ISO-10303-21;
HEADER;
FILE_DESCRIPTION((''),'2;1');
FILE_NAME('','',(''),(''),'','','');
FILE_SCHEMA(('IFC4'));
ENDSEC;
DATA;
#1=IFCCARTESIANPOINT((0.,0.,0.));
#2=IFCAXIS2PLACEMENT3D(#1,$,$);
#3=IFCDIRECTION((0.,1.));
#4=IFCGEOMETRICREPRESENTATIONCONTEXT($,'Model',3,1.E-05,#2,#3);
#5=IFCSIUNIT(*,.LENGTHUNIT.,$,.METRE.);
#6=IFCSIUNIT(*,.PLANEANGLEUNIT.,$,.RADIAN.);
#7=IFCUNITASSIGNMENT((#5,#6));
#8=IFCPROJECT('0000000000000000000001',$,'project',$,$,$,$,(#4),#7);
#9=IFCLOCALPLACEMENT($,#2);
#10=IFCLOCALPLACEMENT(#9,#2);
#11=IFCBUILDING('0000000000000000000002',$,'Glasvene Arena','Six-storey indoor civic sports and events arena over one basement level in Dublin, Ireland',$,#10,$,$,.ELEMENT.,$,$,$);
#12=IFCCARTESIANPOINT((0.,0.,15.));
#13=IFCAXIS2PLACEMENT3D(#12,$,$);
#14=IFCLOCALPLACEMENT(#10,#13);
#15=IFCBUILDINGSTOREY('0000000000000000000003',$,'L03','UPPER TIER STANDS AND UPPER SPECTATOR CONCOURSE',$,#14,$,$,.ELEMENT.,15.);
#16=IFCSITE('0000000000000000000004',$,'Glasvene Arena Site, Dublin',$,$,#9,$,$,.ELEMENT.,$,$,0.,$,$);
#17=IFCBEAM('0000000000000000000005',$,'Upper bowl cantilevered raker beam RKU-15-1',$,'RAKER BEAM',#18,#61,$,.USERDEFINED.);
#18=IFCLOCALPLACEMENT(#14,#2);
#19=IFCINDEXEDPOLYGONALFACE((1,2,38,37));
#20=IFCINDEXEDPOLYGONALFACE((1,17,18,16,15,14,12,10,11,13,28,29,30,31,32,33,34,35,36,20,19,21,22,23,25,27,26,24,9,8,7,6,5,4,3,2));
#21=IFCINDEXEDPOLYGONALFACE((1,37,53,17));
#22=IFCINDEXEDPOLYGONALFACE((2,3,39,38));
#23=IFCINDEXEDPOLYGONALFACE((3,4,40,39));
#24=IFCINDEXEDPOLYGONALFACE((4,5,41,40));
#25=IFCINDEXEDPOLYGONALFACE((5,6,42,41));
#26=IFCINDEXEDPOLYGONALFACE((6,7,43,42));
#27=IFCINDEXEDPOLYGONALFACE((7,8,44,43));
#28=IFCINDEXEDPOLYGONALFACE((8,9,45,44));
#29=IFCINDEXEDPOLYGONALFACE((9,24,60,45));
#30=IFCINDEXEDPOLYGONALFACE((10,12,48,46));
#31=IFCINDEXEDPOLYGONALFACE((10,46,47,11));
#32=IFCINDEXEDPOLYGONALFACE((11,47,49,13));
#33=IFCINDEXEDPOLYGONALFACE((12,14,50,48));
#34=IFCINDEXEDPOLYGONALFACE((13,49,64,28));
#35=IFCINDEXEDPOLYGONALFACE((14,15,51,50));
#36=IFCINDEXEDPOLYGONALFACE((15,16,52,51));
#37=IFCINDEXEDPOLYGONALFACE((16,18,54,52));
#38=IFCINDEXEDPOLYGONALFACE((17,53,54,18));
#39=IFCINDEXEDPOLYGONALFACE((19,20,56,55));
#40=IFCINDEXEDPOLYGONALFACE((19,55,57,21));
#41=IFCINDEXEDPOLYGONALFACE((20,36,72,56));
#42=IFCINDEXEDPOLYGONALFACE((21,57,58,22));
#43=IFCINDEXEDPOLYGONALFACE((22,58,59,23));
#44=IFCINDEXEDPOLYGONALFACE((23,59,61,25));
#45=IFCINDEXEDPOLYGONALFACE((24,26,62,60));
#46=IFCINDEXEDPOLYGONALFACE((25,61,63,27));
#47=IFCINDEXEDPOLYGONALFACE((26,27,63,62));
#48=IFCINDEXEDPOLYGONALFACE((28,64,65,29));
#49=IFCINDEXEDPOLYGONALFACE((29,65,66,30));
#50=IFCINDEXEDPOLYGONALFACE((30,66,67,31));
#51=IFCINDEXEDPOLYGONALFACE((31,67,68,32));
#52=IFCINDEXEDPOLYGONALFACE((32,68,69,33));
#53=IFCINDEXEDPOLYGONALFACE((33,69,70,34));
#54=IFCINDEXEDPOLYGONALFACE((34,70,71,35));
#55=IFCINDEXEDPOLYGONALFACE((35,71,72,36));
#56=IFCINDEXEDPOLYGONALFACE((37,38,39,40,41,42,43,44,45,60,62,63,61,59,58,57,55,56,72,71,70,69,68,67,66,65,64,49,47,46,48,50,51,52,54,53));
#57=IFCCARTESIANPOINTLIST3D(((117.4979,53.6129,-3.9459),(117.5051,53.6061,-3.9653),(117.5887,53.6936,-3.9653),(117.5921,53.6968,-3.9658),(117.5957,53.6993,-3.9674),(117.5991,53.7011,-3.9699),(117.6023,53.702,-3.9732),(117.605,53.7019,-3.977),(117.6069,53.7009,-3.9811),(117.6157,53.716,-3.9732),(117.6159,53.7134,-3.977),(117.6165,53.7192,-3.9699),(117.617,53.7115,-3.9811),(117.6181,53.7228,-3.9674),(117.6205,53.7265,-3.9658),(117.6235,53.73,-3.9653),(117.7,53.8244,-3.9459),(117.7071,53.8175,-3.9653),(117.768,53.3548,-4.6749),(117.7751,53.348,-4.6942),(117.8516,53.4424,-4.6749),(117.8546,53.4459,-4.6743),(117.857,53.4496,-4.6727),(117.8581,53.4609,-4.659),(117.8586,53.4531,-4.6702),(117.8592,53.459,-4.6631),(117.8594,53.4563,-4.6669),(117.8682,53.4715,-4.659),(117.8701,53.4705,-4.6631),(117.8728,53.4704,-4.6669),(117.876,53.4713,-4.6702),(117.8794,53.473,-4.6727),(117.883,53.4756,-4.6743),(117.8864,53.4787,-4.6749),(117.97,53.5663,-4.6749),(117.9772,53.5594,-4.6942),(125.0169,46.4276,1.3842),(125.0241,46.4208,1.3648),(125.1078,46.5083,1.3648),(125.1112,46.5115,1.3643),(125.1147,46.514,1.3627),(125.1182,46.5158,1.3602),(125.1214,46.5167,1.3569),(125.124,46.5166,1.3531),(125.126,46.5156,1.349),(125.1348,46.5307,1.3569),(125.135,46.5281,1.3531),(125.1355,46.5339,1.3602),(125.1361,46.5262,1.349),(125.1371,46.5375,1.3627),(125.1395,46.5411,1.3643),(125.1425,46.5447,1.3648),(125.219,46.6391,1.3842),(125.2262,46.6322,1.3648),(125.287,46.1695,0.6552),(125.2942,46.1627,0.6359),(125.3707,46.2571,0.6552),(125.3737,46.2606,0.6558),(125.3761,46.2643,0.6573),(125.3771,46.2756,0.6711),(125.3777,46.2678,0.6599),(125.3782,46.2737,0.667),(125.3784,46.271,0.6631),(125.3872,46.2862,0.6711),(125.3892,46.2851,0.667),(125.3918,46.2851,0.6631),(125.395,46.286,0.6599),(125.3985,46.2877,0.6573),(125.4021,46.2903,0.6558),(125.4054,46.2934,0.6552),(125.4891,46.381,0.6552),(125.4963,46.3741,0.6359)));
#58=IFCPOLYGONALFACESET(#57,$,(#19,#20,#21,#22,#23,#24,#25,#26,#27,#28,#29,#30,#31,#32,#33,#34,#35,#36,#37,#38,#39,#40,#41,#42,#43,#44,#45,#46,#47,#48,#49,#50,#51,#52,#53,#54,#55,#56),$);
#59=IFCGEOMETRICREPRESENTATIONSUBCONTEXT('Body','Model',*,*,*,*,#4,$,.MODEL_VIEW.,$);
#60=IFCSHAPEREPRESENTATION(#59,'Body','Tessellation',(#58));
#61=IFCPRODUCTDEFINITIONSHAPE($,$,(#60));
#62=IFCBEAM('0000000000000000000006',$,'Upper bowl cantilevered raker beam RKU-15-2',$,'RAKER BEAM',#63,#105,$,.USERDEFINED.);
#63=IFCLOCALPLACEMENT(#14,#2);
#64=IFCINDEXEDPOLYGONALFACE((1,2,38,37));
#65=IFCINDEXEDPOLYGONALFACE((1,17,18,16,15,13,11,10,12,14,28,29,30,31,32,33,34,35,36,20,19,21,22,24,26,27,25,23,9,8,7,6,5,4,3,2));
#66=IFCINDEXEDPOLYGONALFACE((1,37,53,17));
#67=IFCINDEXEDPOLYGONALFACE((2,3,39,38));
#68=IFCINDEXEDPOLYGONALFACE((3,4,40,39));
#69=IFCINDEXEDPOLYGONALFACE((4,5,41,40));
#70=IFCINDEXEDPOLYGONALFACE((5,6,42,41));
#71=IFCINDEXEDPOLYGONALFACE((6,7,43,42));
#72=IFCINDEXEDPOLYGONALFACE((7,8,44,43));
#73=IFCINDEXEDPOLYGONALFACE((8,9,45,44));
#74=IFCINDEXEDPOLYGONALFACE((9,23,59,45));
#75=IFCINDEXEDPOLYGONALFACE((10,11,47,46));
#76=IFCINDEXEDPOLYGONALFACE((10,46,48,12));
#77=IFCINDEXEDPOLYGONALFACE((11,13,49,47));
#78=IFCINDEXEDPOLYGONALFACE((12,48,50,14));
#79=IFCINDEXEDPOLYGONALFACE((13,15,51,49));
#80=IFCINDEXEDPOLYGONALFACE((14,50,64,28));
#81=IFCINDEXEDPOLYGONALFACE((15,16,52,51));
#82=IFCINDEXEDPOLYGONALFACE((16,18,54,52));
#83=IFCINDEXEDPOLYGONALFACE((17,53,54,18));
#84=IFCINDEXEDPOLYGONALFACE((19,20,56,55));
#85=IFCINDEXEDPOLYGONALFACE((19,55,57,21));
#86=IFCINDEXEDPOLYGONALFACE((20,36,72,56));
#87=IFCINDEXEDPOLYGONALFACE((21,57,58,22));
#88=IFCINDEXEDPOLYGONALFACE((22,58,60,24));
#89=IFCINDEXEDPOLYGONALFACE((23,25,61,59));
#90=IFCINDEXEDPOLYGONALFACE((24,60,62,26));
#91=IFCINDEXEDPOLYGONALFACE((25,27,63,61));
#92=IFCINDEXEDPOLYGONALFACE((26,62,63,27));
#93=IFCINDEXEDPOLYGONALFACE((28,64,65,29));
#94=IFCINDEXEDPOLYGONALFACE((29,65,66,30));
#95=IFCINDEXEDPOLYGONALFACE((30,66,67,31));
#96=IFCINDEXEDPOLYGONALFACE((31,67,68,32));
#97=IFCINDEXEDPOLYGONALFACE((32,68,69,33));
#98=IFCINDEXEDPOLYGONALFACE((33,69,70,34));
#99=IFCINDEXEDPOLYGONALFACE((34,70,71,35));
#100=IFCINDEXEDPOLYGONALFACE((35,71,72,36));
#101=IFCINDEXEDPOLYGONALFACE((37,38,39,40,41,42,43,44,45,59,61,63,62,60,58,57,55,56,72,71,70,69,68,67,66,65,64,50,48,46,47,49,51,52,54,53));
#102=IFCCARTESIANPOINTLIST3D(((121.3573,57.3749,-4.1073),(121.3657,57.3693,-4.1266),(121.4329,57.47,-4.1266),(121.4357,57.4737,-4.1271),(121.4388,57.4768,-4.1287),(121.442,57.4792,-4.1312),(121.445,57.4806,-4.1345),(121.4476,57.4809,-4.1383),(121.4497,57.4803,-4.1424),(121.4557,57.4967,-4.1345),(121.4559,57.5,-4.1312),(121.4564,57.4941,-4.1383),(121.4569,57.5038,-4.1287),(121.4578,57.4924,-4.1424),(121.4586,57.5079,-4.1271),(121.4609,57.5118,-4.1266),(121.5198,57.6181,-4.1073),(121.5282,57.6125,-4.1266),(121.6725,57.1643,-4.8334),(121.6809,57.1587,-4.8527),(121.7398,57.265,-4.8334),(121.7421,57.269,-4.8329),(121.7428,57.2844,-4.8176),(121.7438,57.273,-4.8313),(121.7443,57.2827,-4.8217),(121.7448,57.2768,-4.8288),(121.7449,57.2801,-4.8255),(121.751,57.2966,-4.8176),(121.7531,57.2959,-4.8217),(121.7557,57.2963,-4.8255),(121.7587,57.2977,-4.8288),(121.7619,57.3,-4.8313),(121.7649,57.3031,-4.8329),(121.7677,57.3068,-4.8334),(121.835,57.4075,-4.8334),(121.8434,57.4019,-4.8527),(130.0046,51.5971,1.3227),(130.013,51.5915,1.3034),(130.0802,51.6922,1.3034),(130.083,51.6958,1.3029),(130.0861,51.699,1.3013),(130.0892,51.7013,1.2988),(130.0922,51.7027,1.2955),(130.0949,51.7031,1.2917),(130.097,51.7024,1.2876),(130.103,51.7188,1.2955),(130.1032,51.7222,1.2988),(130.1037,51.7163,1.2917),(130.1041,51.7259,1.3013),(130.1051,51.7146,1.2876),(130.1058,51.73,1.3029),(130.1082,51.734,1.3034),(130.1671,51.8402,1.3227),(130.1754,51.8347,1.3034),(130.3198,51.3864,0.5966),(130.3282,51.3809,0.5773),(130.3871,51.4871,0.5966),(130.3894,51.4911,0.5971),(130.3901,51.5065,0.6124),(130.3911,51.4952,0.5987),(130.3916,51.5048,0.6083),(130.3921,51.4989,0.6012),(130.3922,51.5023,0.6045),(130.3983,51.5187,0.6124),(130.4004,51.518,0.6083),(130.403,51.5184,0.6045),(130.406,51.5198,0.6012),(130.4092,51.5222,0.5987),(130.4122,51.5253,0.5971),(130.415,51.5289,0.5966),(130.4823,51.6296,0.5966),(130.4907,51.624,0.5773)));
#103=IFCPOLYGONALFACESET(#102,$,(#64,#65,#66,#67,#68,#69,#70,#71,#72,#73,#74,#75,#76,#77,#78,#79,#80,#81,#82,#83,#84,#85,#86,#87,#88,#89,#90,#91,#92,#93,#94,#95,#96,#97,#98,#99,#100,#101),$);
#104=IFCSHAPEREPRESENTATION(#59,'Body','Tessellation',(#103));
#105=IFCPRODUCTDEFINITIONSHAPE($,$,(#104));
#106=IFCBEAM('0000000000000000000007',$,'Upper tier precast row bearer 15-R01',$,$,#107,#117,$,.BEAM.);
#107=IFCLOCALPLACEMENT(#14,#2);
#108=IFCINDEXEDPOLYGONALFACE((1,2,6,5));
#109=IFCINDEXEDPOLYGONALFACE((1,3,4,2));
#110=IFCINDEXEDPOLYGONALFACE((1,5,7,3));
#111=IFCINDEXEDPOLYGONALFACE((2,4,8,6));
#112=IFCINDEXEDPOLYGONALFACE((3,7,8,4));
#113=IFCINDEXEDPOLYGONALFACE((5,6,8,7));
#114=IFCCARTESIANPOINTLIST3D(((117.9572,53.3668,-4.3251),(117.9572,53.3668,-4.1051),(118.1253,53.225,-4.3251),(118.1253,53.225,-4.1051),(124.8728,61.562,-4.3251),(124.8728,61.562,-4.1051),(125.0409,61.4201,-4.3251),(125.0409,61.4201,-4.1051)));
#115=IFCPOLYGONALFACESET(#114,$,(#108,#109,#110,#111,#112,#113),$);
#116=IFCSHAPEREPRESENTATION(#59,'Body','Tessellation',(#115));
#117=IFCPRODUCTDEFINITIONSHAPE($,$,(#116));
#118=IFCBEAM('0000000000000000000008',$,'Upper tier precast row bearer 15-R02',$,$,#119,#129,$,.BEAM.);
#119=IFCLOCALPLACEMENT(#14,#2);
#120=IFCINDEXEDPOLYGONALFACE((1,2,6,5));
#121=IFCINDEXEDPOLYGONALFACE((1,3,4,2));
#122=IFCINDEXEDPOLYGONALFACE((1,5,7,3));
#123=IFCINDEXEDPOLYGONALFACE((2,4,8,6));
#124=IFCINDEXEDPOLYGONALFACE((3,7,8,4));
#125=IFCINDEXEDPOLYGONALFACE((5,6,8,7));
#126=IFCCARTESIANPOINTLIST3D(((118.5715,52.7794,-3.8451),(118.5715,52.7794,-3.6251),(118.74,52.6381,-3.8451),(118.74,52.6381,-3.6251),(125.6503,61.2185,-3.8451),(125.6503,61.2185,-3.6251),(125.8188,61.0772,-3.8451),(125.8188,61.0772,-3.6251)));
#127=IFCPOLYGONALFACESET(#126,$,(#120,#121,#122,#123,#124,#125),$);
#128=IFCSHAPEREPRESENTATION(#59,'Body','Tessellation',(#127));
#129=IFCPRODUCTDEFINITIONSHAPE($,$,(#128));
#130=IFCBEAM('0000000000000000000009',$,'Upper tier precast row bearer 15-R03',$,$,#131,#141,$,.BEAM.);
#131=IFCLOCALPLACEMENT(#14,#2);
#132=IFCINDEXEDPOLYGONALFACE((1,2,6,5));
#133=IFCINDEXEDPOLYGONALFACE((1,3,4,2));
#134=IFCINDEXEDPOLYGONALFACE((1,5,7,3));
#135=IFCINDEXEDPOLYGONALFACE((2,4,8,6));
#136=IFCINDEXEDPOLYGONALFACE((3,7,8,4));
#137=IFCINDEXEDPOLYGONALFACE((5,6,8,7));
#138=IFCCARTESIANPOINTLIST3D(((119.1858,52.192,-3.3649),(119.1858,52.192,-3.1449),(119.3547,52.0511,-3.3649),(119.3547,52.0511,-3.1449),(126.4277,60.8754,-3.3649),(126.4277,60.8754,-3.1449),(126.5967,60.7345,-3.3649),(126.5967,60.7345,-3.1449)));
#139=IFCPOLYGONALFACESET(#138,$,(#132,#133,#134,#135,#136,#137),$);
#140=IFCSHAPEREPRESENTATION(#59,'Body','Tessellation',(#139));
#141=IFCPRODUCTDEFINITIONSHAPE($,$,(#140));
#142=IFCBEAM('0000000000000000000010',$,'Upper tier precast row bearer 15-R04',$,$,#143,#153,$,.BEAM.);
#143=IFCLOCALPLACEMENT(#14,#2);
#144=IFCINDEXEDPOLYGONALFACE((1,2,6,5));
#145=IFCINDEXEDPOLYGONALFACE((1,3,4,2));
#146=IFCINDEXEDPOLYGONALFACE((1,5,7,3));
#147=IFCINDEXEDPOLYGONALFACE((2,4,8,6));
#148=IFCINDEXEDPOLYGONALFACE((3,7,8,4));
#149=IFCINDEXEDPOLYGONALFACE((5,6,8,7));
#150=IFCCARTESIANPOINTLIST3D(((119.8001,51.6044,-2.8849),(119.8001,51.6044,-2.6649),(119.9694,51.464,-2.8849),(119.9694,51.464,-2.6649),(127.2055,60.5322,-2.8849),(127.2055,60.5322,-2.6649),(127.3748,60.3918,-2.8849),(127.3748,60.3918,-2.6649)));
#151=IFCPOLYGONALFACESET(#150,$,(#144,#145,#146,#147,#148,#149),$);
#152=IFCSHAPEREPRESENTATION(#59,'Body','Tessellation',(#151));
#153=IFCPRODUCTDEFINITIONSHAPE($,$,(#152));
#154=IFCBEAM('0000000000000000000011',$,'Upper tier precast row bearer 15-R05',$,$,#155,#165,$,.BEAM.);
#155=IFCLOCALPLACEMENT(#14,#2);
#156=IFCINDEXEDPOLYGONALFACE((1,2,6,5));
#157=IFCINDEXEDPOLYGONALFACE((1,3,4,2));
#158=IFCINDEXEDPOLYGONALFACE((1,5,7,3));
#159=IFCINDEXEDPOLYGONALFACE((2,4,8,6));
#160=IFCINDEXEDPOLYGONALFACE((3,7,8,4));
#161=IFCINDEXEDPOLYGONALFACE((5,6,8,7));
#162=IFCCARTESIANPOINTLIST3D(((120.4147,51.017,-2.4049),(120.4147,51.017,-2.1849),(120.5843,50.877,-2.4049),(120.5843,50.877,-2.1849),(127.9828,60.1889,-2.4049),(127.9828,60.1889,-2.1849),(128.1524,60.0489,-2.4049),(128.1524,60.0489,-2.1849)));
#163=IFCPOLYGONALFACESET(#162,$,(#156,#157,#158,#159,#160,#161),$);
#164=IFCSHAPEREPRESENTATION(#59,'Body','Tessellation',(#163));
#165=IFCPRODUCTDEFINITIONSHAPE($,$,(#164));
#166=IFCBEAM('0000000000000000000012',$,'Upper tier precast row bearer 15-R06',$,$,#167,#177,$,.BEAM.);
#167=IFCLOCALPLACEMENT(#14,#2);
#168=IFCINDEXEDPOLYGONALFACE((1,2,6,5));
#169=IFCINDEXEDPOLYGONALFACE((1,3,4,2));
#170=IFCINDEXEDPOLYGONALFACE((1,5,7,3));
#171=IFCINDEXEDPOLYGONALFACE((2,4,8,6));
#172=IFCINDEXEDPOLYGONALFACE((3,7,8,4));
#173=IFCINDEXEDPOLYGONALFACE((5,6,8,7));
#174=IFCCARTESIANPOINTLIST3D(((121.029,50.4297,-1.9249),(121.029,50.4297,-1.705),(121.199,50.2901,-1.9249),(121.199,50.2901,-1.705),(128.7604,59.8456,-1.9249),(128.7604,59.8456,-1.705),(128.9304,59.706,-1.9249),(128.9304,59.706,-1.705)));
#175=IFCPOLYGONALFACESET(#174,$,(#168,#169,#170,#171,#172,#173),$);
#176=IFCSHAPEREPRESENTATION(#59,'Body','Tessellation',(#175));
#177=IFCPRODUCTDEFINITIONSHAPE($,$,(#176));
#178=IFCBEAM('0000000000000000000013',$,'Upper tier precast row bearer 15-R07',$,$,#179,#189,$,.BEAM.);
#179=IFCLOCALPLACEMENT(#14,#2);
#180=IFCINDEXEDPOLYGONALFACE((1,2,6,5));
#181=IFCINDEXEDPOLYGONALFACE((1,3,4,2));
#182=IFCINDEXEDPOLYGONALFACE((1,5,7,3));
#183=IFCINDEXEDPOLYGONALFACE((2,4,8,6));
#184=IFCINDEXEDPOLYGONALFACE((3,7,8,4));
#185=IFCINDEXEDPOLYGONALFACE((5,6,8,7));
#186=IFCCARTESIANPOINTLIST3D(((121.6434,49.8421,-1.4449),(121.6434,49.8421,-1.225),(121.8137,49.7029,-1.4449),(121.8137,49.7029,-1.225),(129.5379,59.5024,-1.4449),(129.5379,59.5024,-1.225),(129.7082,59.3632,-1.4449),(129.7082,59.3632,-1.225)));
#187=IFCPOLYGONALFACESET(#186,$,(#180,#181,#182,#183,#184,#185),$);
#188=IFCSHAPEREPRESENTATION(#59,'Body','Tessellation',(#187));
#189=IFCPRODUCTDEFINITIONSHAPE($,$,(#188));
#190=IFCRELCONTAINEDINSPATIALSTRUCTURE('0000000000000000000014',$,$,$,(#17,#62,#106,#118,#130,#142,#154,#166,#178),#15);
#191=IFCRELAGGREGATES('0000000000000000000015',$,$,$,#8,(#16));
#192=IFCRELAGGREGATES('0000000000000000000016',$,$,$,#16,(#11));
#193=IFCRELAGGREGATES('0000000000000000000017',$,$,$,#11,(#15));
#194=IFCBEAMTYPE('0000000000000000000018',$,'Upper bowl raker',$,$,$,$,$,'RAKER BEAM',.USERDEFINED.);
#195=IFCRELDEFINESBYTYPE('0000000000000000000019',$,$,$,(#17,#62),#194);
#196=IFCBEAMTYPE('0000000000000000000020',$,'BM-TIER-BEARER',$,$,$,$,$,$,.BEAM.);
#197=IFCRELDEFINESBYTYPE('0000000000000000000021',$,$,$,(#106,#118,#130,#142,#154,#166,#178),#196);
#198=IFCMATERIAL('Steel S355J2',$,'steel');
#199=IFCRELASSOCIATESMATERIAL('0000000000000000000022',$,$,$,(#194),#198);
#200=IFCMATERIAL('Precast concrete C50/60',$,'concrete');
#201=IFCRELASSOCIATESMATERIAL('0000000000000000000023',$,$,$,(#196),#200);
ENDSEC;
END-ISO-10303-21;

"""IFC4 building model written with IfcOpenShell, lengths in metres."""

from ifc_helpers import new_model, si_unit, direction, frame, origin, origin_2d, place, context, subcontext, project, spatial, rectangle, i_section, extrude, material, material_profile, profile_set, type_object, element, save


model = new_model("IFC4")

# Units and contexts
model_context = context("Model", 3, precision=1e-05, world=origin(), true_north=direction((0.0, 1.0)))
body_context = subcontext(model_context, "Body", "Model", "MODEL_VIEW")
ifc_project = project(units=[si_unit("LENGTHUNIT", "METRE"), si_unit("PLANEANGLEUNIT", "RADIAN")], contexts=[model_context])

# Site, building, storey
site_placement = place(None, origin())
site = spatial("IfcSite", under=ifc_project, at=site_placement, Name="Glasvene Arena Site, Dublin", CompositionType="ELEMENT", RefElevation=0.0)
building_placement = place(site_placement, origin())
building = spatial("IfcBuilding", under=site, at=building_placement, Name="Glasvene Arena", Description="Six-storey indoor civic sports and events arena over one basement level in Dublin, Ireland", CompositionType="ELEMENT")
storey_placement = place(building_placement, frame((0.0, 0.0, 15.0)))
storey = spatial("IfcBuildingStorey", under=building, at=storey_placement, Name="L03", Description="UPPER TIER STANDS AND UPPER SPECTATOR CONCOURSE", CompositionType="ELEMENT", Elevation=15.0)

# Shared definitions
ifc_material_1 = material(Name="Steel S355J2", Category="steel")

# Beams
ifc_material_profile_1 = material_profile(ifc_material_1, i_section(OverallWidth=0.2925, OverallDepth=0.8408, WebThickness=0.0146, FlangeThickness=0.0217, FilletRadius=0.0178, at=origin_2d()), Name="UKB 838x292x194")
ifc_profile_set_1 = profile_set([ifc_material_profile_1], Name="Steel S355J2")
beam_type_1 = type_object("IfcBeamType", Name="Upper bowl raker", ElementType="RAKER BEAM", PredefinedType="USERDEFINED", material=ifc_profile_set_1)
beam_1_placement = place(storey_placement, frame((117.7375, 53.5862, -4.3201), z_axis=(0.643396, -0.614838, 0.456088), x_axis=(0.69088, 0.72297, 0.0)))
element("IfcBeam", 1, at=beam_1_placement, inside=storey, type_object=beam_type_1, Name="Upper bowl cantilevered raker beam RKU-15-1", ObjectType="RAKER BEAM", PredefinedType="USERDEFINED", context=body_context, shape_type="SweptSolid", body=[
    extrude(i_section(OverallWidth=0.2925, OverallDepth=0.8408, WebThickness=0.0146, FlangeThickness=0.0217, FilletRadius=0.0178, at=origin_2d()), origin(), (0.0, 0.0, 1.0), 11.6865),
])
beam_2_placement = place(storey_placement, frame((121.6003, 57.3884, -4.48), z_axis=(0.737057, -0.492481, 0.462827), x_axis=(0.555567, 0.831472, 0.0)))
element("IfcBeam", 2, at=beam_2_placement, inside=storey, type_object=beam_type_1, Name="Upper bowl cantilevered raker beam RKU-15-2", ObjectType="RAKER BEAM", PredefinedType="USERDEFINED", context=body_context, shape_type="SweptSolid", body=[
    extrude(i_section(OverallWidth=0.2925, OverallDepth=0.8408, WebThickness=0.0146, FlangeThickness=0.0217, FilletRadius=0.0178, at=origin_2d()), origin(), (0.0, 0.0, 1.0), 11.7322),
])
ifc_material_2 = material(Name="Precast concrete C50/60", Category="concrete")
ifc_material_profile_2 = material_profile(ifc_material_2, rectangle(XDim=0.22, YDim=0.22, at=origin_2d()), Name="RC 220x220")
ifc_profile_set_2 = profile_set([ifc_material_profile_2], Name="Precast concrete C50/60")
beam_type_2 = type_object("IfcBeamType", Name="BM-TIER-BEARER", PredefinedType="BEAM", material=ifc_profile_set_2)
beam_3_placement = place(storey_placement, frame((118.0413, 53.2959, -4.2151), z_axis=(0.644922, 0.764248, 0.0), x_axis=(-0.764248, 0.644922, 0.0)))
element("IfcBeam", 3, at=beam_3_placement, inside=storey, type_object=beam_type_2, Name="Upper tier precast row bearer 15-R01", PredefinedType="BEAM", context=body_context, shape_type="SweptSolid", body=[
    extrude(rectangle(XDim=0.22, YDim=0.22, at=origin_2d()), origin(), (0.0, 0.0, 1.0), 10.7231),
])
beam_4_placement = place(storey_placement, frame((118.6558, 52.7087, -3.7351), z_axis=(0.642655, 0.766155, 0.0), x_axis=(-0.766155, 0.642655, 0.0)))
element("IfcBeam", 4, at=beam_4_placement, inside=storey, type_object=beam_type_2, Name="Upper tier precast row bearer 15-R02", PredefinedType="BEAM", context=body_context, shape_type="SweptSolid", body=[
    extrude(rectangle(XDim=0.22, YDim=0.22, at=origin_2d()), origin(), (0.0, 0.0, 1.0), 11.0149),
])
beam_5_placement = place(storey_placement, frame((119.2703, 52.1216, -3.2549), z_axis=(0.640488, 0.767968, 0.0), x_axis=(-0.767968, 0.640488, 0.0)))
element("IfcBeam", 5, at=beam_5_placement, inside=storey, type_object=beam_type_2, Name="Upper tier precast row bearer 15-R03", PredefinedType="BEAM", context=body_context, shape_type="SweptSolid", body=[
    extrude(rectangle(XDim=0.22, YDim=0.22, at=origin_2d()), origin(), (0.0, 0.0, 1.0), 11.3069),
])
beam_6_placement = place(storey_placement, frame((119.8848, 51.5342, -2.7749), z_axis=(0.638427, 0.769682, 0.0), x_axis=(-0.769682, 0.638427, 0.0)))
element("IfcBeam", 6, at=beam_6_placement, inside=storey, type_object=beam_type_2, Name="Upper tier precast row bearer 15-R04", PredefinedType="BEAM", context=body_context, shape_type="SweptSolid", body=[
    extrude(rectangle(XDim=0.22, YDim=0.22, at=origin_2d()), origin(), (0.0, 0.0, 1.0), 11.5994),
])
beam_7_placement = place(storey_placement, frame((120.4995, 50.947, -2.2949), z_axis=(0.636449, 0.771319, 0.0), x_axis=(-0.771319, 0.636449, 0.0)))
element("IfcBeam", 7, at=beam_7_placement, inside=storey, type_object=beam_type_2, Name="Upper tier precast row bearer 15-R05", PredefinedType="BEAM", context=body_context, shape_type="SweptSolid", body=[
    extrude(rectangle(XDim=0.22, YDim=0.22, at=origin_2d()), origin(), (0.0, 0.0, 1.0), 11.8911),
])
beam_8_placement = place(storey_placement, frame((121.114, 50.3599, -1.8149), z_axis=(0.634586, 0.772853, 0.0), x_axis=(-0.772853, 0.634586, 0.0)))
element("IfcBeam", 8, at=beam_8_placement, inside=storey, type_object=beam_type_2, Name="Upper tier precast row bearer 15-R06", PredefinedType="BEAM", context=body_context, shape_type="SweptSolid", body=[
    extrude(rectangle(XDim=0.22, YDim=0.22, at=origin_2d()), origin(), (0.0, 0.0, 1.0), 12.1833),
])
beam_9_placement = place(storey_placement, frame((121.7285, 49.7725, -1.335), z_axis=(0.632785, 0.774328, 0.0), x_axis=(-0.774328, 0.632785, 0.0)))
element("IfcBeam", 9, at=beam_9_placement, inside=storey, type_object=beam_type_2, Name="Upper tier precast row bearer 15-R07", PredefinedType="BEAM", context=body_context, shape_type="SweptSolid", body=[
    extrude(rectangle(XDim=0.22, YDim=0.22, at=origin_2d()), origin(), (0.0, 0.0, 1.0), 12.4758),
])

save(model, "model.ifc")
